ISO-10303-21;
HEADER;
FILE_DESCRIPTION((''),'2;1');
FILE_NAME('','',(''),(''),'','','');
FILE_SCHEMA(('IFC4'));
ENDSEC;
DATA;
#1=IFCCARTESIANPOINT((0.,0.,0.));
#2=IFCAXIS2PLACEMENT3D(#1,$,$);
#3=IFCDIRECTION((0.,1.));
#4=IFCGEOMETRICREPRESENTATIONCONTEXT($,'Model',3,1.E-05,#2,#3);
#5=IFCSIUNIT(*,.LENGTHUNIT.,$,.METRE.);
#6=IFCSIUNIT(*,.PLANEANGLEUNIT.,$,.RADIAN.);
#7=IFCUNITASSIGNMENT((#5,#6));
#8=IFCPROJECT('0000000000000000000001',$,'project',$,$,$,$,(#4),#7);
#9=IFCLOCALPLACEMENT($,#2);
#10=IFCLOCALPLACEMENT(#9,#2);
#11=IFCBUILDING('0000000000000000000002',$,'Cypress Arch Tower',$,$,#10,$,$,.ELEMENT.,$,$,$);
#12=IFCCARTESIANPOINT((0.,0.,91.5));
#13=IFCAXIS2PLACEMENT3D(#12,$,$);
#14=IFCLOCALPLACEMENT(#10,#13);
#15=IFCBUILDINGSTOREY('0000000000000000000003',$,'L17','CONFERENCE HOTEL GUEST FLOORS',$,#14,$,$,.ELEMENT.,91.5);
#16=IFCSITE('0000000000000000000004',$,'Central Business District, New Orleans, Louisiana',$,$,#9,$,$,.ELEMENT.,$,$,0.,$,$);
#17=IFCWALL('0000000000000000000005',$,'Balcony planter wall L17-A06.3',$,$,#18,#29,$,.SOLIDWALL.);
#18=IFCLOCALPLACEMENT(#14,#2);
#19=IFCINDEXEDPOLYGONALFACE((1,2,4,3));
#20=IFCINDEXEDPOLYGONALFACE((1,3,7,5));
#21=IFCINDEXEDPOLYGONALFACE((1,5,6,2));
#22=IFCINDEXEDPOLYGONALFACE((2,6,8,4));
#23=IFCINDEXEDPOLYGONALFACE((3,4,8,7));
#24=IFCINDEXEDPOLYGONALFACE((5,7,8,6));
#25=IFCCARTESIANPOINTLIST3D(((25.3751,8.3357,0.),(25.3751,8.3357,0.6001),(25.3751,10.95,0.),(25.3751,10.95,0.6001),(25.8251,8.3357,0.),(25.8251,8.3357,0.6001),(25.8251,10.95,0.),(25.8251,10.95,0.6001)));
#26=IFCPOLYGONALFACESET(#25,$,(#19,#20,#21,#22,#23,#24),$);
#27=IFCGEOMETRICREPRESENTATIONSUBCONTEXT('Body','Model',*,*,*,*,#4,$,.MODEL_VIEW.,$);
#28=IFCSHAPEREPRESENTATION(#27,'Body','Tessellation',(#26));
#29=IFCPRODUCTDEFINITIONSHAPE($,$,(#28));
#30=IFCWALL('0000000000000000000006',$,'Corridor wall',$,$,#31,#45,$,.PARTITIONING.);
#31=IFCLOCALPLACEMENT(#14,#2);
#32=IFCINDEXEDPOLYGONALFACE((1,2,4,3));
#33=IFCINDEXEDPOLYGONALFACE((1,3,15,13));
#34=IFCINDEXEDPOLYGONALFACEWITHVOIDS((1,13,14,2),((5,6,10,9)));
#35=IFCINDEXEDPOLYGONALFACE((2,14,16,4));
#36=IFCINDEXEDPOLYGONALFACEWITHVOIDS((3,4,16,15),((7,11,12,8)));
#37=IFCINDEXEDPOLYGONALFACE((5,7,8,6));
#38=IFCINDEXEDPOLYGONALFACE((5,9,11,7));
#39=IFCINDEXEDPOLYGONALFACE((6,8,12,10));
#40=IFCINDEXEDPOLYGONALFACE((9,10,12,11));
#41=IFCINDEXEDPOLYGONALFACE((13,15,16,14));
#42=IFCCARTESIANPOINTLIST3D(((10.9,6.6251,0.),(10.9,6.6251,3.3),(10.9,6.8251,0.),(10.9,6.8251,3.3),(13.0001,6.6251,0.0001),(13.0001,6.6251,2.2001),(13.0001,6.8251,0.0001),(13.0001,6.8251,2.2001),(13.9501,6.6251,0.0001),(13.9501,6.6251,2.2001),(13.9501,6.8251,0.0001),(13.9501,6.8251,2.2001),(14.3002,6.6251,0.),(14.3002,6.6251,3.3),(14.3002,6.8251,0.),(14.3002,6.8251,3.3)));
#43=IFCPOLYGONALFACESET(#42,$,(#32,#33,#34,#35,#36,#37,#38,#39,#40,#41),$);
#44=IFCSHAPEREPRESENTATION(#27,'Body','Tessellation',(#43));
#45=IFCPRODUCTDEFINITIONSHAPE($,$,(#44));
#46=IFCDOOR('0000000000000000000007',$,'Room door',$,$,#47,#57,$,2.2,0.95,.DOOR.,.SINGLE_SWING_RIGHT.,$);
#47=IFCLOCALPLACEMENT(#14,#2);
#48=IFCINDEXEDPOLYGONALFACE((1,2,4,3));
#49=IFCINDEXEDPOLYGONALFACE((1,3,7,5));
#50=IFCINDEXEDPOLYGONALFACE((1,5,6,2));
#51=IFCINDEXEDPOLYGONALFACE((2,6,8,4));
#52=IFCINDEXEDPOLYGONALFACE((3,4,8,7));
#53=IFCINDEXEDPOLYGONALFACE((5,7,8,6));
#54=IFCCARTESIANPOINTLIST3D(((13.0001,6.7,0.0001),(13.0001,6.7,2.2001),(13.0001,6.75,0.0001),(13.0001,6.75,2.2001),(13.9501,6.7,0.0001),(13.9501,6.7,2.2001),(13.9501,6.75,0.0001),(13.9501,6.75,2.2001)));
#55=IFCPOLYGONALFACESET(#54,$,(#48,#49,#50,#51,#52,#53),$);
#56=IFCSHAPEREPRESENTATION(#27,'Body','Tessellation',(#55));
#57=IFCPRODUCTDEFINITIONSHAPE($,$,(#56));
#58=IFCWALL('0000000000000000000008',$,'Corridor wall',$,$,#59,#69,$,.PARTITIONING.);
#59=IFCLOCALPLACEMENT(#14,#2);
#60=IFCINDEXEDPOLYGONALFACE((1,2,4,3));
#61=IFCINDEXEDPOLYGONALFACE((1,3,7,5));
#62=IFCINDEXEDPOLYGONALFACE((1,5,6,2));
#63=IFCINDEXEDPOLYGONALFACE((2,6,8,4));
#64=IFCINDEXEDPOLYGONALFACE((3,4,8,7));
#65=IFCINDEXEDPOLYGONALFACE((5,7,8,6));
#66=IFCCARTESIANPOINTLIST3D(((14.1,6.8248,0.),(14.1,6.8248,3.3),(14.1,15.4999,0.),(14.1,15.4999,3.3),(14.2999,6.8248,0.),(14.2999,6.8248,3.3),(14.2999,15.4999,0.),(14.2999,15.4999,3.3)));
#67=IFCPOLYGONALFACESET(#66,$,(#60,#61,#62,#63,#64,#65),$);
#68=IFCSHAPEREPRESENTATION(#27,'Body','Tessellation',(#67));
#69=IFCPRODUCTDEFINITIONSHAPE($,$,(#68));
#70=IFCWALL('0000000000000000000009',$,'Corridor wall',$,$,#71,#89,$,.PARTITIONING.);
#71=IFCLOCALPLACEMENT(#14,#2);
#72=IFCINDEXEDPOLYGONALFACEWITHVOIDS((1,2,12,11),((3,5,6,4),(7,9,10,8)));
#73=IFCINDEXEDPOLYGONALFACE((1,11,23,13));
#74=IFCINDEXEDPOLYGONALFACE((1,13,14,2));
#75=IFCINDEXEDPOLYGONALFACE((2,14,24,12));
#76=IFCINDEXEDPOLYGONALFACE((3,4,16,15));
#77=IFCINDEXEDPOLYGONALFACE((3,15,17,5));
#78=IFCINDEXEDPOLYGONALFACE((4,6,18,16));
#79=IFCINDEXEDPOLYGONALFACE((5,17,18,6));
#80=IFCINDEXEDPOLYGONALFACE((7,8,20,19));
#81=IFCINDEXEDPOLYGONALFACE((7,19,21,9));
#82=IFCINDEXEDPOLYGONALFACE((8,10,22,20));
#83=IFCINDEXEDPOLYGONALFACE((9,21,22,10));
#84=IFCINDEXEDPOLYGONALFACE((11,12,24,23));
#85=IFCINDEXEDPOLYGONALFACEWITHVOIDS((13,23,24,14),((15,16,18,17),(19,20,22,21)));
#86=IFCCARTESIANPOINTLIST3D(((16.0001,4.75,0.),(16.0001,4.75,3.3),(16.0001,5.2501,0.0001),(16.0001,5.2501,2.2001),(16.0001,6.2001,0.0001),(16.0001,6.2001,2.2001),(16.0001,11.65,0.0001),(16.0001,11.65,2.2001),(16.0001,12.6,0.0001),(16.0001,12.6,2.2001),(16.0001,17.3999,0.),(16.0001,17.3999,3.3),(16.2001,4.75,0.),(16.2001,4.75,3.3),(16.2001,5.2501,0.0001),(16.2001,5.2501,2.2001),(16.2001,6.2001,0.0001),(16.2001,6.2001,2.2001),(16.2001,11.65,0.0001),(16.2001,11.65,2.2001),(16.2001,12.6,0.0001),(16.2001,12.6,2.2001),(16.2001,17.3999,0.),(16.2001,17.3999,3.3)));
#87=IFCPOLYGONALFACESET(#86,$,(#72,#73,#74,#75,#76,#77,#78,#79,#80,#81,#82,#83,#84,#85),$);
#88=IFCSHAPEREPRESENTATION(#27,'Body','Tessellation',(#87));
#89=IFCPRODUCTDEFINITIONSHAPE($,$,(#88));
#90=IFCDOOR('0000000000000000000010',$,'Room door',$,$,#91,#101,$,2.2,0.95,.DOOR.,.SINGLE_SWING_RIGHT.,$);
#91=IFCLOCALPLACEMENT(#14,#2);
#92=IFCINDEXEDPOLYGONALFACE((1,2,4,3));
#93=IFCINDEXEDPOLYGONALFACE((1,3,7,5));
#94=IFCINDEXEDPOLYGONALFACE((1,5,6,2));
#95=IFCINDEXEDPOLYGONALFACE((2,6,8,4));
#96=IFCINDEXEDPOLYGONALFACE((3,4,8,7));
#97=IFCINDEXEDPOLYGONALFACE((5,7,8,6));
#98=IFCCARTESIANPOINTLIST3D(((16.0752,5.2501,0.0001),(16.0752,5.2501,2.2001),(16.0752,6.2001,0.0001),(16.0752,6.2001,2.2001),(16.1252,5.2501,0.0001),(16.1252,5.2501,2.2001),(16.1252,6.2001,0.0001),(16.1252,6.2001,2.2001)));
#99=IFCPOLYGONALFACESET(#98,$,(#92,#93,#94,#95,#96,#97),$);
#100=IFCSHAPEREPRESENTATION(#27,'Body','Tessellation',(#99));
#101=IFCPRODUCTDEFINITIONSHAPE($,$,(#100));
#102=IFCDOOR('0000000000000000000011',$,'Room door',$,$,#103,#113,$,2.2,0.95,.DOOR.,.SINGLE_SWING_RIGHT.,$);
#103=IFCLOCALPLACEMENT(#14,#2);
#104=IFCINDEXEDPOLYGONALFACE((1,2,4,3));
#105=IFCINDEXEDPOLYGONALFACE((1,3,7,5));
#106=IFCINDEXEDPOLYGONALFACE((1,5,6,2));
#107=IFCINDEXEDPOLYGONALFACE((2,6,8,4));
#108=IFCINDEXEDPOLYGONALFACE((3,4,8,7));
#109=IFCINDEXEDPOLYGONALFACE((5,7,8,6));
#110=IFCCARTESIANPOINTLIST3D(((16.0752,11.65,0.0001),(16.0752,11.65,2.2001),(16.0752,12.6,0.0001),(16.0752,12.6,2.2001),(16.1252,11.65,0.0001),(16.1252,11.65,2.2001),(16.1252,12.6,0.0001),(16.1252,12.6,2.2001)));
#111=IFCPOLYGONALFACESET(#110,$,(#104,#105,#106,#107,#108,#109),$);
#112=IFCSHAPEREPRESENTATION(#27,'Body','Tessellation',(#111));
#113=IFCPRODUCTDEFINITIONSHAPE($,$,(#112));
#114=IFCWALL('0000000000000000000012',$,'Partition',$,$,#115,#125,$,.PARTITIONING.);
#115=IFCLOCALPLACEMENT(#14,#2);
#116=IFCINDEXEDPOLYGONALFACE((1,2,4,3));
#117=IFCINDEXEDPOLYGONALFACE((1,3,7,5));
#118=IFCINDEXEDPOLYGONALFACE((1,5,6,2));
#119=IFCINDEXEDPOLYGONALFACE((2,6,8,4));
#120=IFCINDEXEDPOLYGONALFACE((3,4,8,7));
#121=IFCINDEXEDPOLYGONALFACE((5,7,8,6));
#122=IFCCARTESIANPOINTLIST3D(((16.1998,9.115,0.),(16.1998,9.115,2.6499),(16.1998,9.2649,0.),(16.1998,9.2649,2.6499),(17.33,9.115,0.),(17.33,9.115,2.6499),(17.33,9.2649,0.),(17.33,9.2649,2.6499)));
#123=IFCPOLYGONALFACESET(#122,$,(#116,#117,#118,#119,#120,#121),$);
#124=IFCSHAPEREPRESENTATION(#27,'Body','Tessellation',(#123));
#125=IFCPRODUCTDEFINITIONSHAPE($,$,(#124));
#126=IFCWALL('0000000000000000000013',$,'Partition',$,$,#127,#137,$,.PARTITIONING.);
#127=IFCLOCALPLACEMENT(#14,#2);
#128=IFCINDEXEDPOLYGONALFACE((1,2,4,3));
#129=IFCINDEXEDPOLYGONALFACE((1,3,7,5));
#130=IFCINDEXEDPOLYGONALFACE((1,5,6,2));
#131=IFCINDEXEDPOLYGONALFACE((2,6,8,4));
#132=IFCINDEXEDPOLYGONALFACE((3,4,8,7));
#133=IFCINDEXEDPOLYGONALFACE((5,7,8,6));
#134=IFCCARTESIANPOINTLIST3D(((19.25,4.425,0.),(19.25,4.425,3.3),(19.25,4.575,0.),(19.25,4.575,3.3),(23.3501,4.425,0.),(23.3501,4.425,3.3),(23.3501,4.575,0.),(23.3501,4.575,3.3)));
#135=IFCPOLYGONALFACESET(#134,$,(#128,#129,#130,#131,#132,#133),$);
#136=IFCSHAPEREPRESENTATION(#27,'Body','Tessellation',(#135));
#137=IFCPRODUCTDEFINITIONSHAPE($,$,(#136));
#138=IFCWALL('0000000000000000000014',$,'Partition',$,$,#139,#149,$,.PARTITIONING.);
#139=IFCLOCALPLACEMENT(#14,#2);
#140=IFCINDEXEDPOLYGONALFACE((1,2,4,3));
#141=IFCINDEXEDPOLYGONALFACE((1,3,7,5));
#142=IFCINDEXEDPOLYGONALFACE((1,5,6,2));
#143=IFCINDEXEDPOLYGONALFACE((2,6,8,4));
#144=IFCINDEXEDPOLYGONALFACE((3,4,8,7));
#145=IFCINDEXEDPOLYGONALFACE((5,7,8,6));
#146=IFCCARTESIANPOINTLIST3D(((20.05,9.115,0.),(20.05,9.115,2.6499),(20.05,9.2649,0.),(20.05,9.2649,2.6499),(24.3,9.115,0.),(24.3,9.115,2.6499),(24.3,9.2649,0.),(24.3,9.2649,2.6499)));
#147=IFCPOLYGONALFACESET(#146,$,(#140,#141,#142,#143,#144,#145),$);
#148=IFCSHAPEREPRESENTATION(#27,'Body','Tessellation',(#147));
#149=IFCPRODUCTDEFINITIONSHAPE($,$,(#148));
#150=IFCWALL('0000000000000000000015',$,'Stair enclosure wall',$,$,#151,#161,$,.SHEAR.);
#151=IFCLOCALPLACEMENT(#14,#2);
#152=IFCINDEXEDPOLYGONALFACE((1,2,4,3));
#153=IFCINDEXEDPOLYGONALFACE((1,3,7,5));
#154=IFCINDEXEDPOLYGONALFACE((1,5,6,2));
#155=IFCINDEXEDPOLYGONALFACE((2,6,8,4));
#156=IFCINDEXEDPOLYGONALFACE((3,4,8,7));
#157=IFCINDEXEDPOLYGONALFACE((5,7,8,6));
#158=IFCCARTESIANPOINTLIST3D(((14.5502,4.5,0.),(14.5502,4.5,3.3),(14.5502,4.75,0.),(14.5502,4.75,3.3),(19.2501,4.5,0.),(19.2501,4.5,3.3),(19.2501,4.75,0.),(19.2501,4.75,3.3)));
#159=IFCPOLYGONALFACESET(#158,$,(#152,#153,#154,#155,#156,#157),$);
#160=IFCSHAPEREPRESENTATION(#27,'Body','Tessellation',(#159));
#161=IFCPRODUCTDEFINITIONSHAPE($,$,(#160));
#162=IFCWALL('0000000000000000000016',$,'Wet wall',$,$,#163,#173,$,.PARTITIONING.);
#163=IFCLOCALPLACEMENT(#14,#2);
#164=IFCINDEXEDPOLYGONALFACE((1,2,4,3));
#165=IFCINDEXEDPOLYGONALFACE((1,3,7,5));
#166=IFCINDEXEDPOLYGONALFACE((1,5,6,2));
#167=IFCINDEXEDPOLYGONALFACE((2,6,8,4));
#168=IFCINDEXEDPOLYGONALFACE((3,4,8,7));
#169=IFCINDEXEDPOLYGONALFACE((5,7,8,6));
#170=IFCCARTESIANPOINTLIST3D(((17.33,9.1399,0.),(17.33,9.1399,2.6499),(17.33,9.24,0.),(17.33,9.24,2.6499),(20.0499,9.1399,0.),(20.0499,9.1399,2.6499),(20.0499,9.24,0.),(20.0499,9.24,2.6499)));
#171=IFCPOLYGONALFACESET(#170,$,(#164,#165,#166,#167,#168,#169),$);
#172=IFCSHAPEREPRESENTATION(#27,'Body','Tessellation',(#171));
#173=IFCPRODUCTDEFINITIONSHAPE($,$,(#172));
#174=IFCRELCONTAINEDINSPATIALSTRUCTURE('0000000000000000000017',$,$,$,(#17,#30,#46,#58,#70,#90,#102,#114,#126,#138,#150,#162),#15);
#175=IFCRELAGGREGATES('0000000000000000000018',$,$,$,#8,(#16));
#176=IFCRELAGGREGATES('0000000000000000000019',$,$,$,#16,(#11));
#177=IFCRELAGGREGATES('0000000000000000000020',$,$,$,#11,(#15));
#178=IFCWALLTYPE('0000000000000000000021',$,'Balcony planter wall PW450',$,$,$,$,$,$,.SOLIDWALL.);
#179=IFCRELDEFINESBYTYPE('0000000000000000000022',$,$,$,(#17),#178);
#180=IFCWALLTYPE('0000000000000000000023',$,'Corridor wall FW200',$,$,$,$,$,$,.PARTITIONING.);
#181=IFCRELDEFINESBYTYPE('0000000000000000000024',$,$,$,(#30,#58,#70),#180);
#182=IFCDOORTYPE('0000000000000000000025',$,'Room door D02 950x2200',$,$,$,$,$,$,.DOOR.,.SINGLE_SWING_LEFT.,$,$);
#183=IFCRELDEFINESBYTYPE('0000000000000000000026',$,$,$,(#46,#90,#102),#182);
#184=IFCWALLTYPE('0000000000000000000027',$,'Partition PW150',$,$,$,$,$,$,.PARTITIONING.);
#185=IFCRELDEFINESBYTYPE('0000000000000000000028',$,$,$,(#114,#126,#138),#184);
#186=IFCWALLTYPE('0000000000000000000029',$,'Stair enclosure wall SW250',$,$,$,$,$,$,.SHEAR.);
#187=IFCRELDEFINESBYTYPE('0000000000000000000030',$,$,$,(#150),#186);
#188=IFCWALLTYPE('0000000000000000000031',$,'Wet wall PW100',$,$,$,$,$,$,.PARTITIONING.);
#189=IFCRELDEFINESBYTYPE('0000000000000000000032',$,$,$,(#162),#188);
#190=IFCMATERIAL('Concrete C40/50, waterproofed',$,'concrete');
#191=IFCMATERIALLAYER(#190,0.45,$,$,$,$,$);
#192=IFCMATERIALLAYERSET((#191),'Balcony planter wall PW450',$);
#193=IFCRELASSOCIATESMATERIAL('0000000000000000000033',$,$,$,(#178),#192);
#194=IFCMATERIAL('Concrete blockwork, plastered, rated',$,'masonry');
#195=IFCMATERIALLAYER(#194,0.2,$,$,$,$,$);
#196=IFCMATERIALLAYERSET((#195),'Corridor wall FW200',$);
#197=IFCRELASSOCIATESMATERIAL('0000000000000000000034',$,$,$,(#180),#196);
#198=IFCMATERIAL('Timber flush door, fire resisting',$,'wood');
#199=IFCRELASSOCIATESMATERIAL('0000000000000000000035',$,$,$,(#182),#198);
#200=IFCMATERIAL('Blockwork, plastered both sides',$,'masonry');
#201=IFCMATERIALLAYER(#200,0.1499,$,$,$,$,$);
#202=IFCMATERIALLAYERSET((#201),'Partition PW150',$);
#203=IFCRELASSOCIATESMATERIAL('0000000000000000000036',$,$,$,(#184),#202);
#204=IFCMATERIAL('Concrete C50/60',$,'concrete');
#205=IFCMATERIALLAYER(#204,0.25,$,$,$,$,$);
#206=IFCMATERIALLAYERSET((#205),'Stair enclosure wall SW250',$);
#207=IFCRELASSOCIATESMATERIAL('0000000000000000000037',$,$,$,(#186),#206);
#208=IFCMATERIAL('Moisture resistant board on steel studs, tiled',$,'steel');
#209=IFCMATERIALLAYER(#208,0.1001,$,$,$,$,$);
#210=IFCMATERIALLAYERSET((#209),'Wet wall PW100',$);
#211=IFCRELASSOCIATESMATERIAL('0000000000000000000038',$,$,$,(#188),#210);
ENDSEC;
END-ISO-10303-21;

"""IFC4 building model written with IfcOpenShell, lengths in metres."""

from ifc_helpers import new_model, si_unit, direction, frame, frame_2d, origin, place, context, subcontext, project, spatial, rectangle, extrude, material, layer, layer_set, type_object, element, fill, save


model = new_model("IFC4")

# Units and contexts
model_context = context("Model", 3, precision=1e-05, world=origin(), true_north=direction((0.0, 1.0)))
body_context = subcontext(model_context, "Body", "Model", "MODEL_VIEW")
ifc_project = project(units=[si_unit("LENGTHUNIT", "METRE"), si_unit("PLANEANGLEUNIT", "RADIAN")], contexts=[model_context])

# Site, building, storey
site_placement = place(None, origin())
site = spatial("IfcSite", under=ifc_project, at=site_placement, Name="Central Business District, New Orleans, Louisiana", CompositionType="ELEMENT", RefElevation=0.0)
building_placement = place(site_placement, origin())
building = spatial("IfcBuilding", under=site, at=building_placement, Name="Cypress Arch Tower", CompositionType="ELEMENT")
storey_placement = place(building_placement, frame((0.0, 0.0, 91.5)))
storey = spatial("IfcBuildingStorey", under=building, at=storey_placement, Name="L17", Description="CONFERENCE HOTEL GUEST FLOORS", CompositionType="ELEMENT", Elevation=91.5)

# Wall
ifc_material_1 = material(Name="Concrete C40/50, waterproofed", Category="concrete")
ifc_layer_1 = layer(ifc_material_1, 0.45)
ifc_layer_set_1 = layer_set([ifc_layer_1], Name="Balcony planter wall PW450")
wall_type_1 = type_object("IfcWallType", Name="Balcony planter wall PW450", PredefinedType="SOLIDWALL", material=ifc_layer_set_1)
wall_1_placement = place(storey_placement, frame((25.6001, 8.3357, 0.0), z_axis=(0.0, 0.0, 1.0), x_axis=(0.0, 1.0, 0.0)))
element("IfcWall", 1, at=wall_1_placement, inside=storey, type_object=wall_type_1, Name="Balcony planter wall L17-A06.3", PredefinedType="SOLIDWALL", context=body_context, shape_type="SweptSolid", body=[
    extrude(rectangle(XDim=2.6143, YDim=0.45, at=frame_2d((1.3071, 0.0))), origin(), (0.0, 0.0, 1.0), 0.6001),
])

# Wall, opening, door
ifc_material_2 = material(Name="Concrete blockwork, plastered, rated", Category="masonry")
ifc_layer_2 = layer(ifc_material_2, 0.2)
ifc_layer_set_2 = layer_set([ifc_layer_2], Name="Corridor wall FW200")
wall_type_2 = type_object("IfcWallType", Name="Corridor wall FW200", PredefinedType="PARTITIONING", material=ifc_layer_set_2)
wall_2_placement = place(storey_placement, frame((10.8999, 6.7251, 0.0), z_axis=(0.0, 0.0, 1.0), x_axis=(1.0, 0.0, 0.0)))
wall_2 = element("IfcWall", 2, at=wall_2_placement, inside=storey, type_object=wall_type_2, Name="Corridor wall", PredefinedType="PARTITIONING", context=body_context, shape_type="SweptSolid", body=[
    extrude(rectangle(XDim=3.4001, YDim=0.2, at=frame_2d((1.7002, 0.0))), origin(), (0.0, 0.0, 1.0), 3.3),
])
opening_1_placement = place(wall_2_placement, frame((2.1001, 0.0, 0.0)))
opening_1 = element("IfcOpeningElement", 3, at=opening_1_placement, cuts=wall_2, PredefinedType="OPENING", context=body_context, shape_type="SweptSolid", body=[
    extrude(rectangle(XDim=0.95, YDim=2.2, at=frame_2d((0.4751, 1.1001))), frame((0.0, 0.1099, 0.0), z_axis=(0.0, -1.0, 0.0), x_axis=(1.0, 0.0, 0.0)), (0.0, 0.0, 1.0), 0.22),
])
ifc_material_3 = material(Name="Timber flush door, fire resisting", Category="wood")
door_type_1 = type_object("IfcDoorType", Name="Room door D02 950x2200", OperationType="SINGLE_SWING_LEFT", PredefinedType="DOOR", material=ifc_material_3)
door_1_placement = place(opening_1_placement, origin())
door_1 = element("IfcDoor", 4, at=door_1_placement, inside=storey, type_object=door_type_1, Name="Room door", OperationType="SINGLE_SWING_RIGHT", OverallHeight=2.2, OverallWidth=0.95, PredefinedType="DOOR", context=body_context, shape_type="SweptSolid", body=[
    extrude(rectangle(XDim=0.95, YDim=2.2, at=frame_2d((0.4751, 1.1001))), frame((0.0, 0.0249, 0.0), z_axis=(0.0, -1.0, 0.0), x_axis=(1.0, 0.0, 0.0)), (0.0, 0.0, 1.0), 0.05),
])
fill(opening_1, door_1)

# Wall
wall_3_placement = place(storey_placement, frame((14.2, 6.825, 0.0), z_axis=(0.0, 0.0, 1.0), x_axis=(0.0, 1.0, 0.0)))
element("IfcWall", 5, at=wall_3_placement, inside=storey, type_object=wall_type_2, Name="Corridor wall", PredefinedType="PARTITIONING", context=body_context, shape_type="SweptSolid", body=[
    extrude(rectangle(XDim=8.675, YDim=0.2, at=frame_2d((4.3374, 0.0))), origin(), (0.0, 0.0, 1.0), 3.3),
])

# Wall, openings, doors
wall_4_placement = place(storey_placement, frame((16.1001, 4.75, 0.0), z_axis=(0.0, 0.0, 1.0), x_axis=(0.0, 1.0, 0.0)))
wall_4 = element("IfcWall", 6, at=wall_4_placement, inside=storey, type_object=wall_type_2, Name="Corridor wall", PredefinedType="PARTITIONING", context=body_context, shape_type="SweptSolid", body=[
    extrude(rectangle(XDim=12.6499, YDim=0.2, at=frame_2d((6.325, 0.0))), origin(), (0.0, 0.0, 1.0), 3.3),
])
opening_2_placement = place(wall_4_placement, frame((0.5, 0.0, 0.0)))
opening_2 = element("IfcOpeningElement", 7, at=opening_2_placement, cuts=wall_4, PredefinedType="OPENING", context=body_context, shape_type="SweptSolid", body=[
    extrude(rectangle(XDim=0.95, YDim=2.2, at=frame_2d((0.4751, 1.1001))), frame((0.0, 0.1099, 0.0), z_axis=(0.0, -1.0, 0.0), x_axis=(1.0, 0.0, 0.0)), (0.0, 0.0, 1.0), 0.22),
])
opening_3_placement = place(wall_4_placement, frame((6.8999, 0.0, 0.0)))
opening_3 = element("IfcOpeningElement", 8, at=opening_3_placement, cuts=wall_4, PredefinedType="OPENING", context=body_context, shape_type="SweptSolid", body=[
    extrude(rectangle(XDim=0.95, YDim=2.2, at=frame_2d((0.4751, 1.1001))), frame((0.0, 0.1099, 0.0), z_axis=(0.0, -1.0, 0.0), x_axis=(1.0, 0.0, 0.0)), (0.0, 0.0, 1.0), 0.22),
])
door_2_placement = place(opening_2_placement, origin())
door_2 = element("IfcDoor", 9, at=door_2_placement, inside=storey, type_object=door_type_1, Name="Room door", OperationType="SINGLE_SWING_RIGHT", OverallHeight=2.2, OverallWidth=0.95, PredefinedType="DOOR", context=body_context, shape_type="SweptSolid", body=[
    extrude(rectangle(XDim=0.95, YDim=2.2, at=frame_2d((0.4751, 1.1001))), frame((0.0, 0.0249, 0.0), z_axis=(0.0, -1.0, 0.0), x_axis=(1.0, 0.0, 0.0)), (0.0, 0.0, 1.0), 0.05),
])
fill(opening_2, door_2)
door_3_placement = place(opening_3_placement, origin())
door_3 = element("IfcDoor", 10, at=door_3_placement, inside=storey, type_object=door_type_1, Name="Room door", OperationType="SINGLE_SWING_RIGHT", OverallHeight=2.2, OverallWidth=0.95, PredefinedType="DOOR", context=body_context, shape_type="SweptSolid", body=[
    extrude(rectangle(XDim=0.95, YDim=2.2, at=frame_2d((0.4751, 1.1001))), frame((0.0, 0.0249, 0.0), z_axis=(0.0, -1.0, 0.0), x_axis=(1.0, 0.0, 0.0)), (0.0, 0.0, 1.0), 0.05),
])
fill(opening_3, door_3)

# Walls
ifc_material_4 = material(Name="Blockwork, plastered both sides", Category="masonry")
ifc_layer_3 = layer(ifc_material_4, 0.1499)
ifc_layer_set_3 = layer_set([ifc_layer_3], Name="Partition PW150")
wall_type_3 = type_object("IfcWallType", Name="Partition PW150", PredefinedType="PARTITIONING", material=ifc_layer_set_3)
wall_5_placement = place(storey_placement, frame((16.2, 9.1899, 0.0), z_axis=(0.0, 0.0, 1.0), x_axis=(1.0, 0.0, 0.0)))
element("IfcWall", 11, at=wall_5_placement, inside=storey, type_object=wall_type_3, Name="Partition", PredefinedType="PARTITIONING", context=body_context, shape_type="SweptSolid", body=[
    extrude(rectangle(XDim=1.1301, YDim=0.1499, at=frame_2d((0.5649, 0.0))), origin(), (0.0, 0.0, 1.0), 2.6499),
])
wall_6_placement = place(storey_placement, frame((19.25, 4.5, 0.0), z_axis=(0.0, 0.0, 1.0), x_axis=(1.0, 0.0, 0.0)))
element("IfcWall", 12, at=wall_6_placement, inside=storey, type_object=wall_type_3, Name="Partition", PredefinedType="PARTITIONING", context=body_context, shape_type="SweptSolid", body=[
    extrude(rectangle(XDim=4.1001, YDim=0.1499, at=frame_2d((2.05, 0.0))), origin(), (0.0, 0.0, 1.0), 3.3),
])
wall_7_placement = place(storey_placement, frame((20.05, 9.1899, 0.0), z_axis=(0.0, 0.0, 1.0), x_axis=(1.0, 0.0, 0.0)))
element("IfcWall", 13, at=wall_7_placement, inside=storey, type_object=wall_type_3, Name="Partition", PredefinedType="PARTITIONING", context=body_context, shape_type="SweptSolid", body=[
    extrude(rectangle(XDim=4.25, YDim=0.1499, at=frame_2d((2.125, 0.0))), origin(), (0.0, 0.0, 1.0), 2.6499),
])
ifc_material_5 = material(Name="Concrete C50/60", Category="concrete")
ifc_layer_4 = layer(ifc_material_5, 0.25)
ifc_layer_set_4 = layer_set([ifc_layer_4], Name="Stair enclosure wall SW250")
wall_type_4 = type_object("IfcWallType", Name="Stair enclosure wall SW250", PredefinedType="SHEAR", material=ifc_layer_set_4)
wall_8_placement = place(storey_placement, frame((14.55, 4.625, 0.0), z_axis=(0.0, 0.0, 1.0), x_axis=(1.0, 0.0, 0.0)))
element("IfcWall", 14, at=wall_8_placement, inside=storey, type_object=wall_type_4, Name="Stair enclosure wall", PredefinedType="SHEAR", context=body_context, shape_type="SweptSolid", body=[
    extrude(rectangle(XDim=4.7, YDim=0.25, at=frame_2d((2.3501, 0.0))), origin(), (0.0, 0.0, 1.0), 3.3),
])
ifc_material_6 = material(Name="Moisture resistant board on steel studs, tiled", Category="steel")
ifc_layer_5 = layer(ifc_material_6, 0.1001)
ifc_layer_set_5 = layer_set([ifc_layer_5], Name="Wet wall PW100")
wall_type_5 = type_object("IfcWallType", Name="Wet wall PW100", PredefinedType="PARTITIONING", material=ifc_layer_set_5)
wall_9_placement = place(storey_placement, frame((17.3301, 9.1899, 0.0), z_axis=(0.0, 0.0, 1.0), x_axis=(1.0, 0.0, 0.0)))
element("IfcWall", 15, at=wall_9_placement, inside=storey, type_object=wall_type_5, Name="Wet wall", PredefinedType="PARTITIONING", context=body_context, shape_type="SweptSolid", body=[
    extrude(rectangle(XDim=2.72, YDim=0.1001, at=frame_2d((1.3599, 0.0))), origin(), (0.0, 0.0, 1.0), 2.6499),
])

save(model, "model.ifc")
